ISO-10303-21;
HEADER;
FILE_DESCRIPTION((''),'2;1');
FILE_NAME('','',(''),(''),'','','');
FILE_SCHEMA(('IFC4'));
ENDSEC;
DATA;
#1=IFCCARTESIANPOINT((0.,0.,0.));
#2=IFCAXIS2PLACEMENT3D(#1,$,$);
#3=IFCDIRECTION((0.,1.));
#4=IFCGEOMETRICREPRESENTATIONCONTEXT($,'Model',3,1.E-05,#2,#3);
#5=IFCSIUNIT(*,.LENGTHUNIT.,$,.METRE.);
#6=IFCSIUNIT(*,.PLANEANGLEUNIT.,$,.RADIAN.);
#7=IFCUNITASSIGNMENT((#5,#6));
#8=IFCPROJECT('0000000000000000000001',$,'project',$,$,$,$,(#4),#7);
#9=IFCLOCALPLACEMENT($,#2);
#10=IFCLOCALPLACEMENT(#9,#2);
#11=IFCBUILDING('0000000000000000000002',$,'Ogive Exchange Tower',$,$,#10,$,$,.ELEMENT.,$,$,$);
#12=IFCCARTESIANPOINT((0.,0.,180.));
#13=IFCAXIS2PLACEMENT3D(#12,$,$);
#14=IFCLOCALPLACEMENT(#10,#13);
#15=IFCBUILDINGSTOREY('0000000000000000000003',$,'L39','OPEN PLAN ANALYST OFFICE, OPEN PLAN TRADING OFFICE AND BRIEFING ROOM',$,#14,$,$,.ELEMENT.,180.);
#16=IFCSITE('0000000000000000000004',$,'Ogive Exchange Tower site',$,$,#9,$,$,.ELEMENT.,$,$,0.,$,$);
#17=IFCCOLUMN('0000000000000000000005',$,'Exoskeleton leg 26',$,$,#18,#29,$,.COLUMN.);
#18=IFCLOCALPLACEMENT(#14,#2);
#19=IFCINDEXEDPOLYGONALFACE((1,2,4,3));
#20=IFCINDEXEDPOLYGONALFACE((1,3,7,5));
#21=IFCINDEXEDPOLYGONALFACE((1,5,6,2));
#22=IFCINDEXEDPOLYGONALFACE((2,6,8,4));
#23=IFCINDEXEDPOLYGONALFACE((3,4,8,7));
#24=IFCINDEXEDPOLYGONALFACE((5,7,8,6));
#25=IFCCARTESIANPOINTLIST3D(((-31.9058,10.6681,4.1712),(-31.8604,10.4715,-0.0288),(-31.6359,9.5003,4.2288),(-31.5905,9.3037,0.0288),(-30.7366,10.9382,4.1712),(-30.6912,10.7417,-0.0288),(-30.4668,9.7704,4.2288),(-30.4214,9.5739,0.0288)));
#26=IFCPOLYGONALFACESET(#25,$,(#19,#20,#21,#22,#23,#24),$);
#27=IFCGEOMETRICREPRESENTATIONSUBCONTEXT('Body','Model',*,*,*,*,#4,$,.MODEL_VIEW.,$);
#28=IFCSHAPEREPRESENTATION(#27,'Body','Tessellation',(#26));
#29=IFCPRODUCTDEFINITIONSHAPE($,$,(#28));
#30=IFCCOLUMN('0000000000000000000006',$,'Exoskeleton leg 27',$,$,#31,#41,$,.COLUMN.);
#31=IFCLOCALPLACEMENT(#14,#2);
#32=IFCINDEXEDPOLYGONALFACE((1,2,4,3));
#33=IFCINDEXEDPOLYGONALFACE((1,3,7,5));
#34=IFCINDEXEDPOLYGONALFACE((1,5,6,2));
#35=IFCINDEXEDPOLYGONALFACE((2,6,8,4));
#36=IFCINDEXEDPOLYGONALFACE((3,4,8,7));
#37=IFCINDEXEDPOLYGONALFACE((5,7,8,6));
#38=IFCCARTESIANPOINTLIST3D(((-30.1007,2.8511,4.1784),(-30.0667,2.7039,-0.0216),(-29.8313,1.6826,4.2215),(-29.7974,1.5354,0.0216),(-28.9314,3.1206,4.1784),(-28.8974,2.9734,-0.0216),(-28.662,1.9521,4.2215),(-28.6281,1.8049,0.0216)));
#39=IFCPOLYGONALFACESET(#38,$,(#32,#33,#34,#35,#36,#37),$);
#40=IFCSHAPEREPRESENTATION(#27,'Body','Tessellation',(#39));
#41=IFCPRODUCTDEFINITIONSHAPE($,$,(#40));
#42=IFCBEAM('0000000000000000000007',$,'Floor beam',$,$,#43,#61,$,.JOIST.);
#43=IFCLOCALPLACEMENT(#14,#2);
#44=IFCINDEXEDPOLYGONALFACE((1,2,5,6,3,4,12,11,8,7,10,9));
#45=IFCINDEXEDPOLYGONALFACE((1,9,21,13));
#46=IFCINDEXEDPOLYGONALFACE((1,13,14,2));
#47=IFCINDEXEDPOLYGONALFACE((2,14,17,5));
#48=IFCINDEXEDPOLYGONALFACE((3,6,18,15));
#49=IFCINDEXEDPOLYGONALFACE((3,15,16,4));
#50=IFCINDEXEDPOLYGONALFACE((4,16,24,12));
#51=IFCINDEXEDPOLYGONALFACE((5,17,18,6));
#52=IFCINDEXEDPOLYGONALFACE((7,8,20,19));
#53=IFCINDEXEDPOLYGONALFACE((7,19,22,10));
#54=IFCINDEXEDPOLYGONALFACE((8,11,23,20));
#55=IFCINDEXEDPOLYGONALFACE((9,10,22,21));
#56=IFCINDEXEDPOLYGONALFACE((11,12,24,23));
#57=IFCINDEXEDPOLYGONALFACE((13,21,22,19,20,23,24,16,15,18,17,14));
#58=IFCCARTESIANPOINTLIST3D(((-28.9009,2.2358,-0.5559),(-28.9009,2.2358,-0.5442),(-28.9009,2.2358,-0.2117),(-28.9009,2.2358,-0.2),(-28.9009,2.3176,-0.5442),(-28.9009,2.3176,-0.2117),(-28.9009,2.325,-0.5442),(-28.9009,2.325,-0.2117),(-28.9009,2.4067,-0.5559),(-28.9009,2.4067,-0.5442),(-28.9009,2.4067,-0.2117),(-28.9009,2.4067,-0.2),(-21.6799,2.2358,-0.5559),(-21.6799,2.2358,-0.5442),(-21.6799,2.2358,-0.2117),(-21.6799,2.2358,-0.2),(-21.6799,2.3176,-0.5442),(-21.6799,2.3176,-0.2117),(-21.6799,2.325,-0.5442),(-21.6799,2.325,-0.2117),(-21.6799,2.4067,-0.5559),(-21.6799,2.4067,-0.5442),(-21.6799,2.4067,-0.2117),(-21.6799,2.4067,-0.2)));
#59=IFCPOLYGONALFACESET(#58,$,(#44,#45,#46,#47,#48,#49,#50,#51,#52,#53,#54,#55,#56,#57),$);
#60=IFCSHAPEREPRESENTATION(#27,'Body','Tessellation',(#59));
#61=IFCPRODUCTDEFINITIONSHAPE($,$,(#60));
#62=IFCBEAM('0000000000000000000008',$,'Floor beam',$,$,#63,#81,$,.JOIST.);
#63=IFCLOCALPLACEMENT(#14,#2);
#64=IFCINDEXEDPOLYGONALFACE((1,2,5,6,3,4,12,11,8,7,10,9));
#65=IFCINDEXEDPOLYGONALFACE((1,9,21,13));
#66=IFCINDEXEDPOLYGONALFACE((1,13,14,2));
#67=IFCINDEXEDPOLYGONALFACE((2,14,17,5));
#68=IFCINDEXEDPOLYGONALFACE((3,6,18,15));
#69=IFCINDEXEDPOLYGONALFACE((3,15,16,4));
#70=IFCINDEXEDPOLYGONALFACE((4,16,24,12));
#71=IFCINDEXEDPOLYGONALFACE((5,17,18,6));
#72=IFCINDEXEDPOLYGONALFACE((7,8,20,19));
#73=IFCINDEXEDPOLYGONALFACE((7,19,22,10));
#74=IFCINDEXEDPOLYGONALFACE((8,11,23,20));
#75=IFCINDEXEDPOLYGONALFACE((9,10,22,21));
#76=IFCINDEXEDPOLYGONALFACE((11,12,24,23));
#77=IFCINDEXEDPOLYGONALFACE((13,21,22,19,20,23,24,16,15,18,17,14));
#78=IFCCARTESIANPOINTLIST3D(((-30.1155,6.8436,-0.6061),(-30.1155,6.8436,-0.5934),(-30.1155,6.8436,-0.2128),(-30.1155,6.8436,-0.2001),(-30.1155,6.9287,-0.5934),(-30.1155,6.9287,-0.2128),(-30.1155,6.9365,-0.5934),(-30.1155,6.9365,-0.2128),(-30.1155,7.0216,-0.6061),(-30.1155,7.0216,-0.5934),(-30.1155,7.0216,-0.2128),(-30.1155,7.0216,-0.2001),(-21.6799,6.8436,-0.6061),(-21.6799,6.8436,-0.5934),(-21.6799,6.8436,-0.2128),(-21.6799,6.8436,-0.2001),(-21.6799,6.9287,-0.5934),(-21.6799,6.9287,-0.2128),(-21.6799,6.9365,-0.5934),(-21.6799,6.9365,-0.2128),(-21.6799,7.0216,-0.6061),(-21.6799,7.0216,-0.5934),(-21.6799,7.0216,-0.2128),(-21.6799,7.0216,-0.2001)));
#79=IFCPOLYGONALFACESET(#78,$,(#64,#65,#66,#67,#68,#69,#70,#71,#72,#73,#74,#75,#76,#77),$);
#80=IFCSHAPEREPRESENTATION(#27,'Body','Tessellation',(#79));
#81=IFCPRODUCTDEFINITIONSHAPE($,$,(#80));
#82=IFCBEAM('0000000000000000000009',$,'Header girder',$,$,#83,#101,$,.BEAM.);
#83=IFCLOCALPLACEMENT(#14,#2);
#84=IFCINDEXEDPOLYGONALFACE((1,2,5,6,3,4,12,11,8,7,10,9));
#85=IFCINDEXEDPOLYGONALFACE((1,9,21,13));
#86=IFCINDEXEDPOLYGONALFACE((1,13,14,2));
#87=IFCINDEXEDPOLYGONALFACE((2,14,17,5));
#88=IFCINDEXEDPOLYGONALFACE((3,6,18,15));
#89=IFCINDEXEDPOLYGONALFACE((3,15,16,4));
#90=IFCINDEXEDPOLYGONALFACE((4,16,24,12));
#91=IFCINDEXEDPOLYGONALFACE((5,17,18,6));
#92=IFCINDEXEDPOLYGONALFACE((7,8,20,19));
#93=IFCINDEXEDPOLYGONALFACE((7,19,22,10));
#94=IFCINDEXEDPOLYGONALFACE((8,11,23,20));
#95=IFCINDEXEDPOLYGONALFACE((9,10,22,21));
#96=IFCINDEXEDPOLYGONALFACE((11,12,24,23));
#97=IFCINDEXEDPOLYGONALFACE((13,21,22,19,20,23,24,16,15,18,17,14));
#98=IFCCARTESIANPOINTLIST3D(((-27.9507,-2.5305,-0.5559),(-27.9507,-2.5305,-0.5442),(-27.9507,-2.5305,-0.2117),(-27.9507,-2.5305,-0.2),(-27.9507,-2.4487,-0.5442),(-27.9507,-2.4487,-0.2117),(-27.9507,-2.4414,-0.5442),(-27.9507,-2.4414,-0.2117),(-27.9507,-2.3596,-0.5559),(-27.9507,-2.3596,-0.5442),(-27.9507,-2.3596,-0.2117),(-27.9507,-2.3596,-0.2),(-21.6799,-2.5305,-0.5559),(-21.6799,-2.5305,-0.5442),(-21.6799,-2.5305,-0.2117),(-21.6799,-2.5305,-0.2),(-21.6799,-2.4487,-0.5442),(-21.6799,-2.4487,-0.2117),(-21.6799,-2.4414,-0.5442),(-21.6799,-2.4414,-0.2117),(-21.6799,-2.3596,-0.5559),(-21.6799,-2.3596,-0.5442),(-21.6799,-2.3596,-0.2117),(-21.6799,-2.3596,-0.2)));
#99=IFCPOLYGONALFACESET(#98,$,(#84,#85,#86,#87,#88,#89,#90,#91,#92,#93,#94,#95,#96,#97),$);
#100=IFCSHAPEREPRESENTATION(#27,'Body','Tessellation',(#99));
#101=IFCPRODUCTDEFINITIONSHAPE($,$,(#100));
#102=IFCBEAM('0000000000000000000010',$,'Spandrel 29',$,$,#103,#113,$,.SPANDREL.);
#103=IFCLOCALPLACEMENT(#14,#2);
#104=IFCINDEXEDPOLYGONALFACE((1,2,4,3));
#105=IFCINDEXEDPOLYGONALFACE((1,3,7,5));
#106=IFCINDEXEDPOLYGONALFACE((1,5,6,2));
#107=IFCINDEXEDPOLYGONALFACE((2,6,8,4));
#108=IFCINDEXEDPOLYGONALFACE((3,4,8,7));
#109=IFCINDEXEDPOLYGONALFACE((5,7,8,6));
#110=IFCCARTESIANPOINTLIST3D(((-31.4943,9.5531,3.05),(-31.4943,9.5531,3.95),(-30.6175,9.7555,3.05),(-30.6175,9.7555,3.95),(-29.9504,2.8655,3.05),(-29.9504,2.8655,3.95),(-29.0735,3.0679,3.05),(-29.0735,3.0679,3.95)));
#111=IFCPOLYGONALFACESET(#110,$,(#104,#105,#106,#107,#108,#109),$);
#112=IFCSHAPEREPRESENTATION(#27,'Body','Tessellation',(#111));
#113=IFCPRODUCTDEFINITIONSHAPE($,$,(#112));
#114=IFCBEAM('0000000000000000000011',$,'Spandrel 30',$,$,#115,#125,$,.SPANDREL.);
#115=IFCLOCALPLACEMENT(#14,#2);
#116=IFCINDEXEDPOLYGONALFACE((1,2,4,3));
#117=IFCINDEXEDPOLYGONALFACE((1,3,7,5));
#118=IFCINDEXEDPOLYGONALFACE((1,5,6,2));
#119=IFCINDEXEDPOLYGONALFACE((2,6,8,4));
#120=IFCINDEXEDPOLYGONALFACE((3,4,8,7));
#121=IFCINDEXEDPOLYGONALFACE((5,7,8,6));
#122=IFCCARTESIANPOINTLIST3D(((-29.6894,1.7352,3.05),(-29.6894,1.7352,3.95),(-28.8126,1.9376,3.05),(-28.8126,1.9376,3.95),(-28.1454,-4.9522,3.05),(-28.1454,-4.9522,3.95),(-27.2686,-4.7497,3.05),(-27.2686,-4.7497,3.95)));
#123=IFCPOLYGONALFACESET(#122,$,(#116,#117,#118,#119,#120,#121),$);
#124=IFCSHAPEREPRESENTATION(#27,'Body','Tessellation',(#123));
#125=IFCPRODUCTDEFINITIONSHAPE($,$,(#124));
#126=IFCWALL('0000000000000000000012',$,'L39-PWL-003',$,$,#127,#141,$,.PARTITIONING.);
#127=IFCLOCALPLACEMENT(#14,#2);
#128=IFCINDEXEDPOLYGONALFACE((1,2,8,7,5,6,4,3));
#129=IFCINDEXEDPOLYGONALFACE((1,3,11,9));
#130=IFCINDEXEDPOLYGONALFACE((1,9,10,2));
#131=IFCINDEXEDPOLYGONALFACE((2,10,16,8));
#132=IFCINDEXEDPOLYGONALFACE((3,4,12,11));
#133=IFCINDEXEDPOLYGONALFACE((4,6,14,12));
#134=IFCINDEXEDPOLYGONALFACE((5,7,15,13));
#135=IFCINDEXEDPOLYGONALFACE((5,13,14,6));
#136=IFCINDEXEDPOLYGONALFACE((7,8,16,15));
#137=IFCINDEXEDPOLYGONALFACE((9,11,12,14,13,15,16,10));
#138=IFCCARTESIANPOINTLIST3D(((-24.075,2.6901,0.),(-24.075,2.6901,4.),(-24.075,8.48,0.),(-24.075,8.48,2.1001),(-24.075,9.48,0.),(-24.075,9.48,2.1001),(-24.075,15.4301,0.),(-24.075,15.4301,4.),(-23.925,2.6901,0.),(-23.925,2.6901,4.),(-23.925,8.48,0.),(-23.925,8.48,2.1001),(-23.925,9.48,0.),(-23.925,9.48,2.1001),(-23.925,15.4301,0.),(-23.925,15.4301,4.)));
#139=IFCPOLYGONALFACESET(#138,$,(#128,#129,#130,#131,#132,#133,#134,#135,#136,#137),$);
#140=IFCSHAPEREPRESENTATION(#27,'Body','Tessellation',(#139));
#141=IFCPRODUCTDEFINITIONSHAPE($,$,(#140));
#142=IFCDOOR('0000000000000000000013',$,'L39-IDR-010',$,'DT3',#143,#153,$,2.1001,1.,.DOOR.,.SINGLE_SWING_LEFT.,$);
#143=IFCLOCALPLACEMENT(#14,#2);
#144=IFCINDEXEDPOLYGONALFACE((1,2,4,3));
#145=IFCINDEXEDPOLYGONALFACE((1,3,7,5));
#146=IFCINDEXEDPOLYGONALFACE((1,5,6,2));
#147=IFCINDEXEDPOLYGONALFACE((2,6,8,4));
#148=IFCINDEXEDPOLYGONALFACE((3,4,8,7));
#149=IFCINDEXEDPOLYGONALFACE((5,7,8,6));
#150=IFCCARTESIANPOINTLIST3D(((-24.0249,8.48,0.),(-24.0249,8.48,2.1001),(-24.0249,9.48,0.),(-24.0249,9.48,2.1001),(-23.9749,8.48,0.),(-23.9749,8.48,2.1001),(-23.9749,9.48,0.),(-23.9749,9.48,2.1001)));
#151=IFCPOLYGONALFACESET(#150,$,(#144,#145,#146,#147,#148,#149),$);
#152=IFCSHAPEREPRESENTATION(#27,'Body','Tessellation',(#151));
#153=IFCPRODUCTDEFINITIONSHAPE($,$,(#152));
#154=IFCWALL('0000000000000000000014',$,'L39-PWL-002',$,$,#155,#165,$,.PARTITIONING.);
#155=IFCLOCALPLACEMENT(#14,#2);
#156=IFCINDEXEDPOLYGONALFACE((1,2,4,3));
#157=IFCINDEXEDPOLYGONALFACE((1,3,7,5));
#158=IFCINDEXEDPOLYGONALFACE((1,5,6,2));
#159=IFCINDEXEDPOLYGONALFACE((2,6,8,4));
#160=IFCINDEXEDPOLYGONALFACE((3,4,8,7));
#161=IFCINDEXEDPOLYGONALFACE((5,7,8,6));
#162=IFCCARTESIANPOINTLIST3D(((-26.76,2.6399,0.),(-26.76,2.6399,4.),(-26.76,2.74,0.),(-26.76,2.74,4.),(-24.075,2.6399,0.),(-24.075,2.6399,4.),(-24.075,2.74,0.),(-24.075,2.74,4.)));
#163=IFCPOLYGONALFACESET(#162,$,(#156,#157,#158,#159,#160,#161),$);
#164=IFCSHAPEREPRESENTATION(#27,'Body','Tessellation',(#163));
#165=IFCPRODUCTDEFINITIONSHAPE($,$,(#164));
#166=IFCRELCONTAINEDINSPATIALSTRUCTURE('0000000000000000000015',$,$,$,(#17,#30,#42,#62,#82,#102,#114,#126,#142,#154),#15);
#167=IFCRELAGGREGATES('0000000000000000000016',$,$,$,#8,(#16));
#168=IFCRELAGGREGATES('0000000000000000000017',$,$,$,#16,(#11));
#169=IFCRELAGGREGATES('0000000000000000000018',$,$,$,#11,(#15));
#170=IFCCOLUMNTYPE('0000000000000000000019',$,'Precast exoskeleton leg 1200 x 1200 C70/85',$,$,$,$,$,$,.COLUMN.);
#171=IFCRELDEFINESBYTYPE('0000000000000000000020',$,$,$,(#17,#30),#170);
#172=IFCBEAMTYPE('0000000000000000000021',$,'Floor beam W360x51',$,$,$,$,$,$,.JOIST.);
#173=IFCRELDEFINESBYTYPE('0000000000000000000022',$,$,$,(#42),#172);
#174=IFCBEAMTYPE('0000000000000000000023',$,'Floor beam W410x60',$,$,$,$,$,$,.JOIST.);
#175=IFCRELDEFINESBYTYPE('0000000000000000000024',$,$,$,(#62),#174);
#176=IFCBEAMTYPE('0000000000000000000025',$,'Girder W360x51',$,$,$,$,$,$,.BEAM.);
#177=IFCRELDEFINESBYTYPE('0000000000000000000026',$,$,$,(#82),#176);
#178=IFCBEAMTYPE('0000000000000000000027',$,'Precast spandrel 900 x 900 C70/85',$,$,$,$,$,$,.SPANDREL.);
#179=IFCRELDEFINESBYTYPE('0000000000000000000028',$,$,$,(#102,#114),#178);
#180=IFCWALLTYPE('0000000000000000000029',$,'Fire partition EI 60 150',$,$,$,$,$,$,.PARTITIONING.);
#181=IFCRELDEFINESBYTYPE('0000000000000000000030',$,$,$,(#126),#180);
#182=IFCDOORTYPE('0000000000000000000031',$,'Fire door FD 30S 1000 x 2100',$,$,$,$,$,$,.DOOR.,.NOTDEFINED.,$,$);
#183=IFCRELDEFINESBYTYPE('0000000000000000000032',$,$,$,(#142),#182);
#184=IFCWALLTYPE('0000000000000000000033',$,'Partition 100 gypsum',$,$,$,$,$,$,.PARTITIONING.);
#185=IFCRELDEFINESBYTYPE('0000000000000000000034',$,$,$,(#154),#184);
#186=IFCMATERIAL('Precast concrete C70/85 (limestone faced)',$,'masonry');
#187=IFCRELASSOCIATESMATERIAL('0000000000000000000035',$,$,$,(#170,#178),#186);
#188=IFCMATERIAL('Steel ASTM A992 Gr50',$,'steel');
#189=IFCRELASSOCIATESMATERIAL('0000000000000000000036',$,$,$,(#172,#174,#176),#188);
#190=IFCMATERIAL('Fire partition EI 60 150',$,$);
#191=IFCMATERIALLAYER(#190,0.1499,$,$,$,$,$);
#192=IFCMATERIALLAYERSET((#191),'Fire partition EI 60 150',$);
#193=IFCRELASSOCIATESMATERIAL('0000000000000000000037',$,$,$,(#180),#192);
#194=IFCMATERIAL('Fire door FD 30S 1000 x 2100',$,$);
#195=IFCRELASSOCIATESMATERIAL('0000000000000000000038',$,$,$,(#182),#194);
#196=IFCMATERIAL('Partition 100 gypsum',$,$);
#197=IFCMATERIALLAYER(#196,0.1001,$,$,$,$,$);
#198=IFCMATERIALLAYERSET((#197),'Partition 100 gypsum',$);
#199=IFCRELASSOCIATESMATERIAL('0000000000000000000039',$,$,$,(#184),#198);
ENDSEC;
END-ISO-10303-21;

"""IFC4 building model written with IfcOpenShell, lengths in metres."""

from ifc_helpers import new_model, si_unit, direction, frame, frame_2d, origin, origin_2d, place, context, subcontext, project, spatial, rectangle, i_section, extrude, material, layer, layer_set, material_profile, profile_set, type_object, element, fill, save


model = new_model("IFC4")

# Units and contexts
model_context = context("Model", 3, precision=1e-05, world=origin(), true_north=direction((0.0, 1.0)))
body_context = subcontext(model_context, "Body", "Model", "MODEL_VIEW")
ifc_project = project(units=[si_unit("LENGTHUNIT", "METRE"), si_unit("PLANEANGLEUNIT", "RADIAN")], contexts=[model_context])

# Site, building, storey
site_placement = place(None, origin())
site = spatial("IfcSite", under=ifc_project, at=site_placement, Name="Ogive Exchange Tower site", CompositionType="ELEMENT", RefElevation=0.0)
building_placement = place(site_placement, origin())
building = spatial("IfcBuilding", under=site, at=building_placement, Name="Ogive Exchange Tower", CompositionType="ELEMENT")
storey_placement = place(building_placement, frame((0.0, 0.0, 180.0)))
storey = spatial("IfcBuildingStorey", under=building, at=storey_placement, Name="L39", Description="OPEN PLAN ANALYST OFFICE, OPEN PLAN TRADING OFFICE AND BRIEFING ROOM", CompositionType="ELEMENT", Elevation=180.0)

# Columns
ifc_material_1 = material(Name="Precast concrete C70/85 (limestone faced)", Category="masonry")
ifc_material_profile_1 = material_profile(ifc_material_1, rectangle(XDim=1.2, YDim=1.2, at=origin_2d()), Name="1200 x 1200")
ifc_profile_set_1 = profile_set([ifc_material_profile_1], Name="Precast concrete C70/85 (limestone faced)")
column_type = type_object("IfcColumnType", Name="Precast exoskeleton leg 1200 x 1200 C70/85", PredefinedType="COLUMN", material=ifc_profile_set_1)
column_1_placement = place(storey_placement, frame((-31.1409, 10.0227, 0.0), z_axis=(-0.0108, 0.04674, 0.998849), x_axis=(-0.97433, -0.225125, 0.0)))
element("IfcColumn", 1, at=column_1_placement, inside=storey, type_object=column_type, Name="Exoskeleton leg 26", PredefinedType="COLUMN", context=body_context, shape_type="SweptSolid", body=[
    extrude(rectangle(XDim=1.2, YDim=1.2, at=origin_2d()), origin(), (0.0, 0.0, 1.0), 4.2048),
])
column_2_placement = place(storey_placement, frame((-29.3474, 2.2544, 0.0), z_axis=(-0.008075, 0.035029, 0.999354), x_axis=(-0.974446, -0.224623, 0.0)))
element("IfcColumn", 2, at=column_2_placement, inside=storey, type_object=column_type, Name="Exoskeleton leg 27", PredefinedType="COLUMN", context=body_context, shape_type="SweptSolid", body=[
    extrude(rectangle(XDim=1.2, YDim=1.2, at=origin_2d()), origin(), (0.0, 0.0, 1.0), 4.2026),
])

# Beams
ifc_material_2 = material(Name="Steel ASTM A992 Gr50", Category="steel")
ifc_material_profile_2 = material_profile(ifc_material_2, i_section(OverallWidth=0.1709, OverallDepth=0.356, WebThickness=0.0073, FlangeThickness=0.0117, at=origin_2d()), Name="W360x51")
ifc_profile_set_2 = profile_set([ifc_material_profile_2], Name="Steel ASTM A992 Gr50")
beam_type_1 = type_object("IfcBeamType", Name="Floor beam W360x51", PredefinedType="JOIST", material=ifc_profile_set_2)
beam_1_placement = place(storey_placement, frame((-28.9009, 2.3213, -0.3779), z_axis=(1.0, 0.0, 0.0), x_axis=(0.0, 1.0, 0.0)))
element("IfcBeam", 3, at=beam_1_placement, inside=storey, type_object=beam_type_1, Name="Floor beam", PredefinedType="JOIST", context=body_context, shape_type="SweptSolid", body=[
    extrude(i_section(OverallWidth=0.1709, OverallDepth=0.356, WebThickness=0.0073, FlangeThickness=0.0117, at=origin_2d()), origin(), (0.0, 0.0, 1.0), 7.2209),
])
ifc_material_profile_3 = material_profile(ifc_material_2, i_section(OverallWidth=0.178, OverallDepth=0.406, WebThickness=0.0078, FlangeThickness=0.0127, at=origin_2d()), Name="W410x60")
ifc_profile_set_3 = profile_set([ifc_material_profile_3], Name="Steel ASTM A992 Gr50")
beam_type_2 = type_object("IfcBeamType", Name="Floor beam W410x60", PredefinedType="JOIST", material=ifc_profile_set_3)
beam_2_placement = place(storey_placement, frame((-30.1155, 6.9326, -0.4031), z_axis=(1.0, 0.0, 0.0), x_axis=(0.0, 1.0, 0.0)))
element("IfcBeam", 4, at=beam_2_placement, inside=storey, type_object=beam_type_2, Name="Floor beam", PredefinedType="JOIST", context=body_context, shape_type="SweptSolid", body=[
    extrude(i_section(OverallWidth=0.178, OverallDepth=0.406, WebThickness=0.0078, FlangeThickness=0.0127, at=origin_2d()), origin(), (0.0, 0.0, 1.0), 8.4355),
])
ifc_material_profile_4 = material_profile(ifc_material_2, i_section(OverallWidth=0.1709, OverallDepth=0.356, WebThickness=0.0073, FlangeThickness=0.0117, at=origin_2d()), Name="W360x51")
ifc_profile_set_4 = profile_set([ifc_material_profile_4], Name="Steel ASTM A992 Gr50")
beam_type_3 = type_object("IfcBeamType", Name="Girder W360x51", PredefinedType="BEAM", material=ifc_profile_set_4)
beam_3_placement = place(storey_placement, frame((-27.9507, -2.4451, -0.3779), z_axis=(1.0, 0.0, 0.0), x_axis=(0.0, 1.0, 0.0)))
element("IfcBeam", 5, at=beam_3_placement, inside=storey, type_object=beam_type_3, Name="Header girder", PredefinedType="BEAM", context=body_context, shape_type="SweptSolid", body=[
    extrude(i_section(OverallWidth=0.1709, OverallDepth=0.356, WebThickness=0.0073, FlangeThickness=0.0117, at=origin_2d()), origin(), (0.0, 0.0, 1.0), 6.2708),
])
ifc_material_profile_5 = material_profile(ifc_material_1, rectangle(XDim=0.8999, YDim=0.8999, at=origin_2d()), Name="900 x 900")
ifc_profile_set_5 = profile_set([ifc_material_profile_5], Name="Precast concrete C70/85 (limestone faced)")
beam_type_4 = type_object("IfcBeamType", Name="Precast spandrel 900 x 900 C70/85", PredefinedType="SPANDREL", material=ifc_profile_set_5)
beam_4_placement = place(storey_placement, frame((-31.0559, 9.6543, 3.5), z_axis=(0.224953, -0.97437, 0.0), x_axis=(0.97437, 0.224953, 0.0)))
element("IfcBeam", 6, at=beam_4_placement, inside=storey, type_object=beam_type_4, Name="Spandrel 29", PredefinedType="SPANDREL", context=body_context, shape_type="SweptSolid", body=[
    extrude(rectangle(XDim=0.8999, YDim=0.8999, at=origin_2d()), origin(), (0.0, 0.0, 1.0), 6.8635),
])
beam_5_placement = place(storey_placement, frame((-29.251, 1.8364, 3.5), z_axis=(0.224961, -0.974368, 0.0), x_axis=(0.974368, 0.224961, 0.0)))
element("IfcBeam", 7, at=beam_5_placement, inside=storey, type_object=beam_type_4, Name="Spandrel 30", PredefinedType="SPANDREL", context=body_context, shape_type="SweptSolid", body=[
    extrude(rectangle(XDim=0.8999, YDim=0.8999, at=origin_2d()), origin(), (0.0, 0.0, 1.0), 6.8633),
])

# Wall, opening, door
ifc_material_3 = material(Name="Fire partition EI 60 150")
ifc_layer_1 = layer(ifc_material_3, 0.1499)
ifc_layer_set_1 = layer_set([ifc_layer_1], Name="Fire partition EI 60 150")
wall_type_1 = type_object("IfcWallType", Name="Fire partition EI 60 150", PredefinedType="PARTITIONING", material=ifc_layer_set_1)
wall_1_placement = place(storey_placement, frame((-24.0, 2.6899, 0.0), z_axis=(0.0, 0.0, 1.0), x_axis=(0.0, 1.0, 0.0)))
wall_1 = element("IfcWall", 8, at=wall_1_placement, inside=storey, type_object=wall_type_1, Name="L39-PWL-003", PredefinedType="PARTITIONING", context=body_context, shape_type="SweptSolid", body=[
    extrude(rectangle(XDim=12.74, YDim=0.1499, at=frame_2d((6.3701, 0.0))), origin(), (0.0, 0.0, 1.0), 4.0),
])
opening_1_placement = place(wall_1_placement, frame((5.79, 0.0, 0.0)))
opening_1 = element("IfcOpeningElement", 9, at=opening_1_placement, cuts=wall_1, PredefinedType="OPENING", context=body_context, shape_type="SweptSolid", body=[
    extrude(rectangle(XDim=1.0, YDim=2.1001, at=frame_2d((0.5, 1.05))), frame((0.0, 0.085, 0.0), z_axis=(0.0, -1.0, 0.0), x_axis=(1.0, 0.0, 0.0)), (0.0, 0.0, 1.0), 0.1699),
])
ifc_material_4 = material(Name="Fire door FD 30S 1000 x 2100")
door_type_1 = type_object("IfcDoorType", Name="Fire door FD 30S 1000 x 2100", OperationType="NOTDEFINED", PredefinedType="DOOR", material=ifc_material_4)
door_1_placement = place(opening_1_placement, origin())
door_1 = element("IfcDoor", 10, at=door_1_placement, inside=storey, type_object=door_type_1, Name="L39-IDR-010", ObjectType="DT3", OperationType="SINGLE_SWING_LEFT", OverallHeight=2.1001, OverallWidth=1.0, PredefinedType="DOOR", context=body_context, shape_type="SweptSolid", body=[
    extrude(rectangle(XDim=1.0, YDim=2.1001, at=frame_2d((0.5, 1.05))), frame((0.0, 0.0249, 0.0), z_axis=(0.0, -1.0, 0.0), x_axis=(1.0, 0.0, 0.0)), (0.0, 0.0, 1.0), 0.05),
])
fill(opening_1, door_1)

# Wall
ifc_material_5 = material(Name="Partition 100 gypsum")
ifc_layer_2 = layer(ifc_material_5, 0.1001)
ifc_layer_set_2 = layer_set([ifc_layer_2], Name="Partition 100 gypsum")
wall_type_2 = type_object("IfcWallType", Name="Partition 100 gypsum", PredefinedType="PARTITIONING", material=ifc_layer_set_2)
wall_2_placement = place(storey_placement, frame((-24.075, 2.6899, 0.0), z_axis=(0.0, 0.0, 1.0), x_axis=(-1.0, 0.0, 0.0)))
element("IfcWall", 11, at=wall_2_placement, inside=storey, type_object=wall_type_2, Name="L39-PWL-002", PredefinedType="PARTITIONING", context=body_context, shape_type="SweptSolid", body=[
    extrude(rectangle(XDim=2.6851, YDim=0.1001, at=frame_2d((1.3425, 0.0))), origin(), (0.0, 0.0, 1.0), 4.0),
])

save(model, "model.ifc")
